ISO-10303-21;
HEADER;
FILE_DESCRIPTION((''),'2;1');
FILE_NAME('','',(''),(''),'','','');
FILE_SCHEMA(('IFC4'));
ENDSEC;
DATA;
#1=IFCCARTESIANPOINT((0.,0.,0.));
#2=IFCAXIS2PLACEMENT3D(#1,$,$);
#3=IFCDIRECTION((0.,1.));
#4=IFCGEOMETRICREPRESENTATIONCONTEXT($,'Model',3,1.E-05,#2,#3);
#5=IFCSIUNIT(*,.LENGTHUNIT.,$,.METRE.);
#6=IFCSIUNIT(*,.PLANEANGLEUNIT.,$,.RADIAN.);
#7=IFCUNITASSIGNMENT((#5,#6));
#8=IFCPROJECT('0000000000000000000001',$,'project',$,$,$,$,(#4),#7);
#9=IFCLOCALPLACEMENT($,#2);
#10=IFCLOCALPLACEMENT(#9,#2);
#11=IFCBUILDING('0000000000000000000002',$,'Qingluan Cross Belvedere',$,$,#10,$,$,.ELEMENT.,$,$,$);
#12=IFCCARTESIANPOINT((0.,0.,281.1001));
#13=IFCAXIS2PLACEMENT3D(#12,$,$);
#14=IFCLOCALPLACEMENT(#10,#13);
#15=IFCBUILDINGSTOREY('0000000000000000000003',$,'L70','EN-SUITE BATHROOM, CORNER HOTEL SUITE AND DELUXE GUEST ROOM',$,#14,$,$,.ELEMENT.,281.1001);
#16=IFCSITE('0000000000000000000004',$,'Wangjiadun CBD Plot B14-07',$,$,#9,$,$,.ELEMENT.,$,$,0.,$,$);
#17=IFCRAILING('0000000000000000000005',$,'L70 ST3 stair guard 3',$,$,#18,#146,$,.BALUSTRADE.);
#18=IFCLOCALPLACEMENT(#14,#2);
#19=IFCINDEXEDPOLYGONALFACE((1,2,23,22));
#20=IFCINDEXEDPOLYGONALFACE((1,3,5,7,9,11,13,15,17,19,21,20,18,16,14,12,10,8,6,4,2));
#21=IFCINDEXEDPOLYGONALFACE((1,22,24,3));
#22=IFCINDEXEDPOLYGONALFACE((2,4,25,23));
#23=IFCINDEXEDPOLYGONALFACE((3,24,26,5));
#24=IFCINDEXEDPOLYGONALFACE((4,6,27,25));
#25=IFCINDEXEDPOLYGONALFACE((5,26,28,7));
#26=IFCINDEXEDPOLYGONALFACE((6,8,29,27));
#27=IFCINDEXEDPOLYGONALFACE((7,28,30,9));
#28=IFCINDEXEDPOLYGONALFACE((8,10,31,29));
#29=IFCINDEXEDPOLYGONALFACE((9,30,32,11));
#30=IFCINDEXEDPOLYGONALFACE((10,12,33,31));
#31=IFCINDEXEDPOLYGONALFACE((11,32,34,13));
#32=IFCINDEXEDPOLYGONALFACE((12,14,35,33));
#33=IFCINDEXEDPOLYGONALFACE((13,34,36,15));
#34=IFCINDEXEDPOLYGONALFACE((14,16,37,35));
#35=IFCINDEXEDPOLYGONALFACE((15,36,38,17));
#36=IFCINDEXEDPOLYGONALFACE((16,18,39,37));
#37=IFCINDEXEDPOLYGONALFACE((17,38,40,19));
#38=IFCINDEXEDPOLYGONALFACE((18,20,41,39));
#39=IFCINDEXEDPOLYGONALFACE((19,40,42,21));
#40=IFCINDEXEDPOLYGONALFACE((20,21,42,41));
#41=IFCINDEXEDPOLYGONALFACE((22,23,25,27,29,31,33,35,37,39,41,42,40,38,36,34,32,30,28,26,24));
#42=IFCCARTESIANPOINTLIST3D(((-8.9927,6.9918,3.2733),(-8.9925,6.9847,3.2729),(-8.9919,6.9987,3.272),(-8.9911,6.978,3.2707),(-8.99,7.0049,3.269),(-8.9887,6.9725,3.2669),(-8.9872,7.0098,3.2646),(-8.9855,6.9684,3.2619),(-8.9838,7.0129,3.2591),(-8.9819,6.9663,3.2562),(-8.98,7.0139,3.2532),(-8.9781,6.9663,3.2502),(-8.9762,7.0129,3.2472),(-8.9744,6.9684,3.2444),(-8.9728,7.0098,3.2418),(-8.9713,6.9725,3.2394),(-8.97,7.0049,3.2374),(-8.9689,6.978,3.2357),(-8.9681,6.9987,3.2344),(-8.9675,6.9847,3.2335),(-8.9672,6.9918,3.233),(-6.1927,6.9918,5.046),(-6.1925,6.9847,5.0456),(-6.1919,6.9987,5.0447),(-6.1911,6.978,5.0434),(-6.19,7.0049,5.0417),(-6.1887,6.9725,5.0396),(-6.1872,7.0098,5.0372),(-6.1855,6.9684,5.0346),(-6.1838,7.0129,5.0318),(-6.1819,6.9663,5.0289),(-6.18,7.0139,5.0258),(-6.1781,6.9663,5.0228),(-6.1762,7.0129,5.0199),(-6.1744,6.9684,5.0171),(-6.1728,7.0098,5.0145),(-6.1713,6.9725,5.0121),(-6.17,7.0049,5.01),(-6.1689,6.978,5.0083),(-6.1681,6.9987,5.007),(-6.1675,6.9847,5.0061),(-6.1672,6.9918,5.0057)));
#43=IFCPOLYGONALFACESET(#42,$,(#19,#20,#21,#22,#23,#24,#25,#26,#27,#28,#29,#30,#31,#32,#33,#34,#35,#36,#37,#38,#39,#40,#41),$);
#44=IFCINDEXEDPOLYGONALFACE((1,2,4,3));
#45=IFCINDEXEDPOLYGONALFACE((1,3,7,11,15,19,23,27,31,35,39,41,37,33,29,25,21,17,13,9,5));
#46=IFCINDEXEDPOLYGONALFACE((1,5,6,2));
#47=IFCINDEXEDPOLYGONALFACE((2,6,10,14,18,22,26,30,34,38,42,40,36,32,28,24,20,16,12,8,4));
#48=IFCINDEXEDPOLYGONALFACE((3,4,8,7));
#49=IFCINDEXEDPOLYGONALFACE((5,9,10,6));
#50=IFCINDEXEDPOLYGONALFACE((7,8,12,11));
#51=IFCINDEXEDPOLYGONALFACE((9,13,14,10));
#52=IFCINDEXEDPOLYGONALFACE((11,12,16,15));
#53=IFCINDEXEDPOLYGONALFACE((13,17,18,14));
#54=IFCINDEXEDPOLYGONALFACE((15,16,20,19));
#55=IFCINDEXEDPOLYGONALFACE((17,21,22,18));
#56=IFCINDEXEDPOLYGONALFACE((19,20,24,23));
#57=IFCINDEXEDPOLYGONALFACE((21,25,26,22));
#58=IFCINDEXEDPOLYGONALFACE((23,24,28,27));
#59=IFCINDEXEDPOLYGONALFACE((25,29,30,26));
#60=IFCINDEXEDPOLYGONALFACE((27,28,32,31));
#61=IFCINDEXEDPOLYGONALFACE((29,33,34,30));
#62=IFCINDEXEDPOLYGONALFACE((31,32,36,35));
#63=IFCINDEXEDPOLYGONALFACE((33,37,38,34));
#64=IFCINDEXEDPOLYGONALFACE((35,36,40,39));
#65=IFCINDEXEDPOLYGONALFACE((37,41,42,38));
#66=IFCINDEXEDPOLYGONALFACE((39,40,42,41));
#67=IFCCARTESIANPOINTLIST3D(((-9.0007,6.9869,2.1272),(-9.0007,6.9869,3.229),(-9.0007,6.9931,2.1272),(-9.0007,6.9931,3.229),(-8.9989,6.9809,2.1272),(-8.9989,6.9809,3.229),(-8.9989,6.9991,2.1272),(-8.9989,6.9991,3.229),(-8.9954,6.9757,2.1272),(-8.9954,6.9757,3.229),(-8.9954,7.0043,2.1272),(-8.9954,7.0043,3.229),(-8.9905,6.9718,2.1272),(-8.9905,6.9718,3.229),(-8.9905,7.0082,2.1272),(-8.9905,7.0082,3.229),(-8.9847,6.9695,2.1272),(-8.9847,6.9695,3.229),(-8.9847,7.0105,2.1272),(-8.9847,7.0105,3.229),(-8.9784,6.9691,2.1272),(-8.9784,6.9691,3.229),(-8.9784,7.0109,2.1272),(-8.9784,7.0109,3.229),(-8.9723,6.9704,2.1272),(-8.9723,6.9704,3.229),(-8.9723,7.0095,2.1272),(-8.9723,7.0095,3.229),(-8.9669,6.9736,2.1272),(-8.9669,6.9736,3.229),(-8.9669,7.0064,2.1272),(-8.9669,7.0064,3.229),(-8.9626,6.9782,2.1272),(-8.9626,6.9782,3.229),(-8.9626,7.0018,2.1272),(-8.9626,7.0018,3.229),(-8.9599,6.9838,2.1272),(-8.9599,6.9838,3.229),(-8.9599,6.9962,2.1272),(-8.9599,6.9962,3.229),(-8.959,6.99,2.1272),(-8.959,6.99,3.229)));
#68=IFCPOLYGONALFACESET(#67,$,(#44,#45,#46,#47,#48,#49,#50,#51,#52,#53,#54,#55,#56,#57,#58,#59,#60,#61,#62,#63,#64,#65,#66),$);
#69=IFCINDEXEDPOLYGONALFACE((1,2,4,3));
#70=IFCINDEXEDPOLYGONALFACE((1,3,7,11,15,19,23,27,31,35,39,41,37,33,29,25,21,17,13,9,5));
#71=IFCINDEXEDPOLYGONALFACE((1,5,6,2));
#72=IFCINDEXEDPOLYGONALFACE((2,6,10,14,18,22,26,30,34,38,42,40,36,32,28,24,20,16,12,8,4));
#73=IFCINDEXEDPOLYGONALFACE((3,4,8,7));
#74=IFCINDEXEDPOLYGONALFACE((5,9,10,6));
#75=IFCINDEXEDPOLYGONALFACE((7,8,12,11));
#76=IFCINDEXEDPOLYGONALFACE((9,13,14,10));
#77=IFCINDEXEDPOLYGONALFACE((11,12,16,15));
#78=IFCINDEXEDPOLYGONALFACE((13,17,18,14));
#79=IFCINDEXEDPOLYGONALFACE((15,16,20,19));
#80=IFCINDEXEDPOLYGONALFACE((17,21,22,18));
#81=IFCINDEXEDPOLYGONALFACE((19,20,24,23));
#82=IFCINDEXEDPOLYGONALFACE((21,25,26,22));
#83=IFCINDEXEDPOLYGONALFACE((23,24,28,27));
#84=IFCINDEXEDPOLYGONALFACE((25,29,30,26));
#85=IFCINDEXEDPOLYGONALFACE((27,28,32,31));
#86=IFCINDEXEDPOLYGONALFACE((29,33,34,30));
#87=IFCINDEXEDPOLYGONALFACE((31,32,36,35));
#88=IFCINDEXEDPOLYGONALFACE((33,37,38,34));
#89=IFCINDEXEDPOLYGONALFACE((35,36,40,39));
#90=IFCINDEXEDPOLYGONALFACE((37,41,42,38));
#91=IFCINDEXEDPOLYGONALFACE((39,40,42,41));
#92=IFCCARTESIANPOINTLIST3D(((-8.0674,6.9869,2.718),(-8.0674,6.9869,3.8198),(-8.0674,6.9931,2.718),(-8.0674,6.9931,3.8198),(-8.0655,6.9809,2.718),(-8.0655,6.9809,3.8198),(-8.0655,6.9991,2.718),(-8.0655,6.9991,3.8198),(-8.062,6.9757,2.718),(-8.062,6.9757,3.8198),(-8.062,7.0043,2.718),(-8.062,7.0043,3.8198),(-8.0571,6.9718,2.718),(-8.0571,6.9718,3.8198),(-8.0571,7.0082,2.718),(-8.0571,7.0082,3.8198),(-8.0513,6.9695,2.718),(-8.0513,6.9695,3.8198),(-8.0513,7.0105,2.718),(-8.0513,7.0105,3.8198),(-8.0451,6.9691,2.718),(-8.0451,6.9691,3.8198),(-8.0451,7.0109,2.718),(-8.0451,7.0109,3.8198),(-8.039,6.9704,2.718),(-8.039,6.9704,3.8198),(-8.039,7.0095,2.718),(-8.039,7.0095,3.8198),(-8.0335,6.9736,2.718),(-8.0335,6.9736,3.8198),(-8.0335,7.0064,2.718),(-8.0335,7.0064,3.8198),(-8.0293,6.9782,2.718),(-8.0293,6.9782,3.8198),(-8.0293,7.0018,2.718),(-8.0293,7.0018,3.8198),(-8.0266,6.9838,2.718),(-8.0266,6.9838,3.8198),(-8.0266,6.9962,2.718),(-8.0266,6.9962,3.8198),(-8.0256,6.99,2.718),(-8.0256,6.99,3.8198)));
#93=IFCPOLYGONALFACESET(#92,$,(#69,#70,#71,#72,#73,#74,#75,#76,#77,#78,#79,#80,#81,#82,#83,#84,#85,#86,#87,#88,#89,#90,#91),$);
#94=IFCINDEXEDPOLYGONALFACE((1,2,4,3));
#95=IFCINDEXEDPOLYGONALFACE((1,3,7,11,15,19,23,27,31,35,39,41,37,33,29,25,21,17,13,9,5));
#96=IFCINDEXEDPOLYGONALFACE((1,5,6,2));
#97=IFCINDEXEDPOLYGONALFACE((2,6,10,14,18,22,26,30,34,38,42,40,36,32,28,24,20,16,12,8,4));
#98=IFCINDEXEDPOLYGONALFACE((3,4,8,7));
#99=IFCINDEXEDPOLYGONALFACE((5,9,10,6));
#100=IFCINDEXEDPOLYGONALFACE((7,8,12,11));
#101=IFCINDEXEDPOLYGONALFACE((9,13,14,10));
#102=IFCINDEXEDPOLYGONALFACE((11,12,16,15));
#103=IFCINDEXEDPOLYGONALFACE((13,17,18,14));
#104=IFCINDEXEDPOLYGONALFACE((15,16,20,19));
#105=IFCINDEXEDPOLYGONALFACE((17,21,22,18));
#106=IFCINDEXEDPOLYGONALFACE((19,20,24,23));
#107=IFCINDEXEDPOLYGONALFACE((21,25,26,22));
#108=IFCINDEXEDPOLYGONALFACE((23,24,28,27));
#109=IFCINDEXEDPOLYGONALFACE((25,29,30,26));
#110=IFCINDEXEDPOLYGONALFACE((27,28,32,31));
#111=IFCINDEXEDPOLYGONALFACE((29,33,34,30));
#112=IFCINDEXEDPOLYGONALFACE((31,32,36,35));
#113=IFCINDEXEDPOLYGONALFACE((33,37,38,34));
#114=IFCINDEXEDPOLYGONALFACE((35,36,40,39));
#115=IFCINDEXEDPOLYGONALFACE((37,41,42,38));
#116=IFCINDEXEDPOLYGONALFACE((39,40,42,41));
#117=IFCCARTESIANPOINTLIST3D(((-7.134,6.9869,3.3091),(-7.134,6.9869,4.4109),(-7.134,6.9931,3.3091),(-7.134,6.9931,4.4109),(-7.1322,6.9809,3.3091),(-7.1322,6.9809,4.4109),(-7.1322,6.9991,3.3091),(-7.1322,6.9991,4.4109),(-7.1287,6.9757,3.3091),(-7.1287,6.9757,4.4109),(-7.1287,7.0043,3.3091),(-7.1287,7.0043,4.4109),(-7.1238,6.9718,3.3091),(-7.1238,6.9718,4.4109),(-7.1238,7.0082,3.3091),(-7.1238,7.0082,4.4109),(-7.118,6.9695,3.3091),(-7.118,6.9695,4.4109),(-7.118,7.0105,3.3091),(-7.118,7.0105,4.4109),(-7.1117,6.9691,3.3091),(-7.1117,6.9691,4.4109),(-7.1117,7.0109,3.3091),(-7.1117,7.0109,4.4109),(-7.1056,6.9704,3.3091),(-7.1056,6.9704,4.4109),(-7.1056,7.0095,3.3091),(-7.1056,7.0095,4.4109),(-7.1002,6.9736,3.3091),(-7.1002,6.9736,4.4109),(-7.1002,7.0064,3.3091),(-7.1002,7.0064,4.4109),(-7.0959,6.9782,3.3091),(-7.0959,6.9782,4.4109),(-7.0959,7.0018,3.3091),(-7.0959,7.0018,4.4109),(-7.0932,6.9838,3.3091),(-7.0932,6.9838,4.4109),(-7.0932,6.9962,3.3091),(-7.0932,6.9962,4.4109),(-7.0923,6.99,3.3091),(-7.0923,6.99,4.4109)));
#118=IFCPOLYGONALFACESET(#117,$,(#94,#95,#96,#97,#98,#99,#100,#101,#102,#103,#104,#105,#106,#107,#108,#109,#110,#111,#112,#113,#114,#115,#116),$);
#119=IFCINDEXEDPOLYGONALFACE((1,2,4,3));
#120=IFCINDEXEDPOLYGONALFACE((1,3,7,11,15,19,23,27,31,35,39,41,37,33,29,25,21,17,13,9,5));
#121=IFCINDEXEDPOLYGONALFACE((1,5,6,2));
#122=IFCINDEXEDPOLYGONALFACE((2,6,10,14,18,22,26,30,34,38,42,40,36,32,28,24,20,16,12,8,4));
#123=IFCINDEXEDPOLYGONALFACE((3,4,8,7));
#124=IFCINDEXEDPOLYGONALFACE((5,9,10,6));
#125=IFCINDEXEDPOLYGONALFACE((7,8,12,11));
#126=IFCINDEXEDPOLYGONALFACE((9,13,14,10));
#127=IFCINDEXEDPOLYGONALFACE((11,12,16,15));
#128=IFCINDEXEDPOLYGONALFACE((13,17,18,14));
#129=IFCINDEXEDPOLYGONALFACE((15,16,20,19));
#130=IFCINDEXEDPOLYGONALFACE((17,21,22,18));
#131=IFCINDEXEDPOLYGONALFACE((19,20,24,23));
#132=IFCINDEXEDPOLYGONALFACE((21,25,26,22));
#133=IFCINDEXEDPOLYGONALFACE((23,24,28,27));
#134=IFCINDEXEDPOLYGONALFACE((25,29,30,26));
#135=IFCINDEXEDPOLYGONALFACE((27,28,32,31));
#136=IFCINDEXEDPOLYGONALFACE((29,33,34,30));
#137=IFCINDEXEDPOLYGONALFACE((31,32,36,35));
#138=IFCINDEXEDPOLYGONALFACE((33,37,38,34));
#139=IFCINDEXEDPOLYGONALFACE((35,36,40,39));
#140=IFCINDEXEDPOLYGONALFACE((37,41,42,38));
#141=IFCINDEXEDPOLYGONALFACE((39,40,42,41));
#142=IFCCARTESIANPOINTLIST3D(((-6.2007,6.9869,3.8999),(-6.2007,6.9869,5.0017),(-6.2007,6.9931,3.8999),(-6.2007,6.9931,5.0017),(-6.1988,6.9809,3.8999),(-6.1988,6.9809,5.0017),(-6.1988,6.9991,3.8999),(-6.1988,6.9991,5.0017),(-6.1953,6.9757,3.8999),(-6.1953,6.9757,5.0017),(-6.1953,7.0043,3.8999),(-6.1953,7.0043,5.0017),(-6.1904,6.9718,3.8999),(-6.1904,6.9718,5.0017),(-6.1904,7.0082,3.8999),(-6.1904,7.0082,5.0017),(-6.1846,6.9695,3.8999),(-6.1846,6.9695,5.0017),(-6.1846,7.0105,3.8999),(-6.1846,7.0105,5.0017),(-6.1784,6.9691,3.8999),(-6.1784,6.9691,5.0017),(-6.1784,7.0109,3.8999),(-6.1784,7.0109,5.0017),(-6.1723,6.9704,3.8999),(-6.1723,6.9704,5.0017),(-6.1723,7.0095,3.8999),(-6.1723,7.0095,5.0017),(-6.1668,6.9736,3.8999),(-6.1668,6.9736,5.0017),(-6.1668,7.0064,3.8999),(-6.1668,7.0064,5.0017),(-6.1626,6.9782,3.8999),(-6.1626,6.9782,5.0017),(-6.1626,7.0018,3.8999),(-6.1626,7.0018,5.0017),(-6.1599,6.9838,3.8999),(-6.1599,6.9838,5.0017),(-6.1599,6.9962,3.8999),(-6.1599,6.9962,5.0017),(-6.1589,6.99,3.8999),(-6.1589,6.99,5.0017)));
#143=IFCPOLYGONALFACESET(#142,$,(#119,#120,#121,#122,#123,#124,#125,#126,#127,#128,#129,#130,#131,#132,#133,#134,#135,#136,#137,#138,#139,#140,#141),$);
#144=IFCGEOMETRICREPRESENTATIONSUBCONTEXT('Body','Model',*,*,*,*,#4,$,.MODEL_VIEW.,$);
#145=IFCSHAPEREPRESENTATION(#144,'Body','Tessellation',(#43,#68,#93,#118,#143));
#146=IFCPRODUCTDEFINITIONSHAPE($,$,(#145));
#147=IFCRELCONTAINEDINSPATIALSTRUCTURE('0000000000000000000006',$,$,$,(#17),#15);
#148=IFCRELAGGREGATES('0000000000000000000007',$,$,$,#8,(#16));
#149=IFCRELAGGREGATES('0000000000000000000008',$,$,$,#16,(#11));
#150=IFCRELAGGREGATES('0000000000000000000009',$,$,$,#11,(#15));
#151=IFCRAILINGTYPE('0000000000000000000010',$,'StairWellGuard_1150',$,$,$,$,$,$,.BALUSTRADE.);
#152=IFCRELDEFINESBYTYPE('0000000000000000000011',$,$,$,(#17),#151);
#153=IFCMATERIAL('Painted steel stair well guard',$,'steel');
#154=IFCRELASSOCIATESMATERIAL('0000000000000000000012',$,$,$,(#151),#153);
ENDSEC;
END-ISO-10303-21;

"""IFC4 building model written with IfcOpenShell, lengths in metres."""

from ifc_helpers import new_model, si_unit, direction, frame, origin, origin_2d, place, context, subcontext, project, spatial, circle, extrude, material, type_object, element, save


model = new_model("IFC4")

# Units and contexts
model_context = context("Model", 3, precision=1e-05, world=origin(), true_north=direction((0.0, 1.0)))
body_context = subcontext(model_context, "Body", "Model", "MODEL_VIEW")
ifc_project = project(units=[si_unit("LENGTHUNIT", "METRE"), si_unit("PLANEANGLEUNIT", "RADIAN")], contexts=[model_context])

# Site, building, storey
site_placement = place(None, origin())
site = spatial("IfcSite", under=ifc_project, at=site_placement, Name="Wangjiadun CBD Plot B14-07", CompositionType="ELEMENT", RefElevation=0.0)
building_placement = place(site_placement, origin())
building = spatial("IfcBuilding", under=site, at=building_placement, Name="Qingluan Cross Belvedere", CompositionType="ELEMENT")
storey_placement = place(building_placement, frame((0.0, 0.0, 281.1001)))
storey = spatial("IfcBuildingStorey", under=building, at=storey_placement, Name="L70", Description="EN-SUITE BATHROOM, CORNER HOTEL SUITE AND DELUXE GUEST ROOM", CompositionType="ELEMENT", Elevation=281.1001)

# Railing
ifc_material_1 = material(Name="Painted steel stair well guard", Category="steel")
railing_type_1 = type_object("IfcRailingType", Name="StairWellGuard_1150", PredefinedType="BALUSTRADE", material=ifc_material_1)
railing_1_placement = place(storey_placement, frame((-8.98, 6.99, 2.1272)))
element("IfcRailing", 1, at=railing_1_placement, inside=storey, type_object=railing_type_1, Name="L70 ST3 stair guard 3", PredefinedType="BALUSTRADE", context=body_context, shape_type="SweptSolid", body=[
    extrude(circle(Radius=0.0239, at=origin_2d()), frame((0.0, 0.0, 1.126), z_axis=(0.844909, 0.0, 0.53491), x_axis=(0.0, 1.0, 0.0)), (0.0, 0.0, 1.0), 3.314),
    extrude(circle(Radius=0.021, at=origin_2d()), origin(), (0.0, 0.0, 1.0), 1.1018),
    extrude(circle(Radius=0.021, at=origin_2d()), frame((0.9333, 0.0, 0.5908)), (0.0, 0.0, 1.0), 1.1018),
    extrude(circle(Radius=0.021, at=origin_2d()), frame((1.8667, 0.0, 1.1819)), (0.0, 0.0, 1.0), 1.1018),
    extrude(circle(Radius=0.021, at=origin_2d()), frame((2.8, 0.0, 1.7727)), (0.0, 0.0, 1.0), 1.1018),
])

save(model, "model.ifc")
